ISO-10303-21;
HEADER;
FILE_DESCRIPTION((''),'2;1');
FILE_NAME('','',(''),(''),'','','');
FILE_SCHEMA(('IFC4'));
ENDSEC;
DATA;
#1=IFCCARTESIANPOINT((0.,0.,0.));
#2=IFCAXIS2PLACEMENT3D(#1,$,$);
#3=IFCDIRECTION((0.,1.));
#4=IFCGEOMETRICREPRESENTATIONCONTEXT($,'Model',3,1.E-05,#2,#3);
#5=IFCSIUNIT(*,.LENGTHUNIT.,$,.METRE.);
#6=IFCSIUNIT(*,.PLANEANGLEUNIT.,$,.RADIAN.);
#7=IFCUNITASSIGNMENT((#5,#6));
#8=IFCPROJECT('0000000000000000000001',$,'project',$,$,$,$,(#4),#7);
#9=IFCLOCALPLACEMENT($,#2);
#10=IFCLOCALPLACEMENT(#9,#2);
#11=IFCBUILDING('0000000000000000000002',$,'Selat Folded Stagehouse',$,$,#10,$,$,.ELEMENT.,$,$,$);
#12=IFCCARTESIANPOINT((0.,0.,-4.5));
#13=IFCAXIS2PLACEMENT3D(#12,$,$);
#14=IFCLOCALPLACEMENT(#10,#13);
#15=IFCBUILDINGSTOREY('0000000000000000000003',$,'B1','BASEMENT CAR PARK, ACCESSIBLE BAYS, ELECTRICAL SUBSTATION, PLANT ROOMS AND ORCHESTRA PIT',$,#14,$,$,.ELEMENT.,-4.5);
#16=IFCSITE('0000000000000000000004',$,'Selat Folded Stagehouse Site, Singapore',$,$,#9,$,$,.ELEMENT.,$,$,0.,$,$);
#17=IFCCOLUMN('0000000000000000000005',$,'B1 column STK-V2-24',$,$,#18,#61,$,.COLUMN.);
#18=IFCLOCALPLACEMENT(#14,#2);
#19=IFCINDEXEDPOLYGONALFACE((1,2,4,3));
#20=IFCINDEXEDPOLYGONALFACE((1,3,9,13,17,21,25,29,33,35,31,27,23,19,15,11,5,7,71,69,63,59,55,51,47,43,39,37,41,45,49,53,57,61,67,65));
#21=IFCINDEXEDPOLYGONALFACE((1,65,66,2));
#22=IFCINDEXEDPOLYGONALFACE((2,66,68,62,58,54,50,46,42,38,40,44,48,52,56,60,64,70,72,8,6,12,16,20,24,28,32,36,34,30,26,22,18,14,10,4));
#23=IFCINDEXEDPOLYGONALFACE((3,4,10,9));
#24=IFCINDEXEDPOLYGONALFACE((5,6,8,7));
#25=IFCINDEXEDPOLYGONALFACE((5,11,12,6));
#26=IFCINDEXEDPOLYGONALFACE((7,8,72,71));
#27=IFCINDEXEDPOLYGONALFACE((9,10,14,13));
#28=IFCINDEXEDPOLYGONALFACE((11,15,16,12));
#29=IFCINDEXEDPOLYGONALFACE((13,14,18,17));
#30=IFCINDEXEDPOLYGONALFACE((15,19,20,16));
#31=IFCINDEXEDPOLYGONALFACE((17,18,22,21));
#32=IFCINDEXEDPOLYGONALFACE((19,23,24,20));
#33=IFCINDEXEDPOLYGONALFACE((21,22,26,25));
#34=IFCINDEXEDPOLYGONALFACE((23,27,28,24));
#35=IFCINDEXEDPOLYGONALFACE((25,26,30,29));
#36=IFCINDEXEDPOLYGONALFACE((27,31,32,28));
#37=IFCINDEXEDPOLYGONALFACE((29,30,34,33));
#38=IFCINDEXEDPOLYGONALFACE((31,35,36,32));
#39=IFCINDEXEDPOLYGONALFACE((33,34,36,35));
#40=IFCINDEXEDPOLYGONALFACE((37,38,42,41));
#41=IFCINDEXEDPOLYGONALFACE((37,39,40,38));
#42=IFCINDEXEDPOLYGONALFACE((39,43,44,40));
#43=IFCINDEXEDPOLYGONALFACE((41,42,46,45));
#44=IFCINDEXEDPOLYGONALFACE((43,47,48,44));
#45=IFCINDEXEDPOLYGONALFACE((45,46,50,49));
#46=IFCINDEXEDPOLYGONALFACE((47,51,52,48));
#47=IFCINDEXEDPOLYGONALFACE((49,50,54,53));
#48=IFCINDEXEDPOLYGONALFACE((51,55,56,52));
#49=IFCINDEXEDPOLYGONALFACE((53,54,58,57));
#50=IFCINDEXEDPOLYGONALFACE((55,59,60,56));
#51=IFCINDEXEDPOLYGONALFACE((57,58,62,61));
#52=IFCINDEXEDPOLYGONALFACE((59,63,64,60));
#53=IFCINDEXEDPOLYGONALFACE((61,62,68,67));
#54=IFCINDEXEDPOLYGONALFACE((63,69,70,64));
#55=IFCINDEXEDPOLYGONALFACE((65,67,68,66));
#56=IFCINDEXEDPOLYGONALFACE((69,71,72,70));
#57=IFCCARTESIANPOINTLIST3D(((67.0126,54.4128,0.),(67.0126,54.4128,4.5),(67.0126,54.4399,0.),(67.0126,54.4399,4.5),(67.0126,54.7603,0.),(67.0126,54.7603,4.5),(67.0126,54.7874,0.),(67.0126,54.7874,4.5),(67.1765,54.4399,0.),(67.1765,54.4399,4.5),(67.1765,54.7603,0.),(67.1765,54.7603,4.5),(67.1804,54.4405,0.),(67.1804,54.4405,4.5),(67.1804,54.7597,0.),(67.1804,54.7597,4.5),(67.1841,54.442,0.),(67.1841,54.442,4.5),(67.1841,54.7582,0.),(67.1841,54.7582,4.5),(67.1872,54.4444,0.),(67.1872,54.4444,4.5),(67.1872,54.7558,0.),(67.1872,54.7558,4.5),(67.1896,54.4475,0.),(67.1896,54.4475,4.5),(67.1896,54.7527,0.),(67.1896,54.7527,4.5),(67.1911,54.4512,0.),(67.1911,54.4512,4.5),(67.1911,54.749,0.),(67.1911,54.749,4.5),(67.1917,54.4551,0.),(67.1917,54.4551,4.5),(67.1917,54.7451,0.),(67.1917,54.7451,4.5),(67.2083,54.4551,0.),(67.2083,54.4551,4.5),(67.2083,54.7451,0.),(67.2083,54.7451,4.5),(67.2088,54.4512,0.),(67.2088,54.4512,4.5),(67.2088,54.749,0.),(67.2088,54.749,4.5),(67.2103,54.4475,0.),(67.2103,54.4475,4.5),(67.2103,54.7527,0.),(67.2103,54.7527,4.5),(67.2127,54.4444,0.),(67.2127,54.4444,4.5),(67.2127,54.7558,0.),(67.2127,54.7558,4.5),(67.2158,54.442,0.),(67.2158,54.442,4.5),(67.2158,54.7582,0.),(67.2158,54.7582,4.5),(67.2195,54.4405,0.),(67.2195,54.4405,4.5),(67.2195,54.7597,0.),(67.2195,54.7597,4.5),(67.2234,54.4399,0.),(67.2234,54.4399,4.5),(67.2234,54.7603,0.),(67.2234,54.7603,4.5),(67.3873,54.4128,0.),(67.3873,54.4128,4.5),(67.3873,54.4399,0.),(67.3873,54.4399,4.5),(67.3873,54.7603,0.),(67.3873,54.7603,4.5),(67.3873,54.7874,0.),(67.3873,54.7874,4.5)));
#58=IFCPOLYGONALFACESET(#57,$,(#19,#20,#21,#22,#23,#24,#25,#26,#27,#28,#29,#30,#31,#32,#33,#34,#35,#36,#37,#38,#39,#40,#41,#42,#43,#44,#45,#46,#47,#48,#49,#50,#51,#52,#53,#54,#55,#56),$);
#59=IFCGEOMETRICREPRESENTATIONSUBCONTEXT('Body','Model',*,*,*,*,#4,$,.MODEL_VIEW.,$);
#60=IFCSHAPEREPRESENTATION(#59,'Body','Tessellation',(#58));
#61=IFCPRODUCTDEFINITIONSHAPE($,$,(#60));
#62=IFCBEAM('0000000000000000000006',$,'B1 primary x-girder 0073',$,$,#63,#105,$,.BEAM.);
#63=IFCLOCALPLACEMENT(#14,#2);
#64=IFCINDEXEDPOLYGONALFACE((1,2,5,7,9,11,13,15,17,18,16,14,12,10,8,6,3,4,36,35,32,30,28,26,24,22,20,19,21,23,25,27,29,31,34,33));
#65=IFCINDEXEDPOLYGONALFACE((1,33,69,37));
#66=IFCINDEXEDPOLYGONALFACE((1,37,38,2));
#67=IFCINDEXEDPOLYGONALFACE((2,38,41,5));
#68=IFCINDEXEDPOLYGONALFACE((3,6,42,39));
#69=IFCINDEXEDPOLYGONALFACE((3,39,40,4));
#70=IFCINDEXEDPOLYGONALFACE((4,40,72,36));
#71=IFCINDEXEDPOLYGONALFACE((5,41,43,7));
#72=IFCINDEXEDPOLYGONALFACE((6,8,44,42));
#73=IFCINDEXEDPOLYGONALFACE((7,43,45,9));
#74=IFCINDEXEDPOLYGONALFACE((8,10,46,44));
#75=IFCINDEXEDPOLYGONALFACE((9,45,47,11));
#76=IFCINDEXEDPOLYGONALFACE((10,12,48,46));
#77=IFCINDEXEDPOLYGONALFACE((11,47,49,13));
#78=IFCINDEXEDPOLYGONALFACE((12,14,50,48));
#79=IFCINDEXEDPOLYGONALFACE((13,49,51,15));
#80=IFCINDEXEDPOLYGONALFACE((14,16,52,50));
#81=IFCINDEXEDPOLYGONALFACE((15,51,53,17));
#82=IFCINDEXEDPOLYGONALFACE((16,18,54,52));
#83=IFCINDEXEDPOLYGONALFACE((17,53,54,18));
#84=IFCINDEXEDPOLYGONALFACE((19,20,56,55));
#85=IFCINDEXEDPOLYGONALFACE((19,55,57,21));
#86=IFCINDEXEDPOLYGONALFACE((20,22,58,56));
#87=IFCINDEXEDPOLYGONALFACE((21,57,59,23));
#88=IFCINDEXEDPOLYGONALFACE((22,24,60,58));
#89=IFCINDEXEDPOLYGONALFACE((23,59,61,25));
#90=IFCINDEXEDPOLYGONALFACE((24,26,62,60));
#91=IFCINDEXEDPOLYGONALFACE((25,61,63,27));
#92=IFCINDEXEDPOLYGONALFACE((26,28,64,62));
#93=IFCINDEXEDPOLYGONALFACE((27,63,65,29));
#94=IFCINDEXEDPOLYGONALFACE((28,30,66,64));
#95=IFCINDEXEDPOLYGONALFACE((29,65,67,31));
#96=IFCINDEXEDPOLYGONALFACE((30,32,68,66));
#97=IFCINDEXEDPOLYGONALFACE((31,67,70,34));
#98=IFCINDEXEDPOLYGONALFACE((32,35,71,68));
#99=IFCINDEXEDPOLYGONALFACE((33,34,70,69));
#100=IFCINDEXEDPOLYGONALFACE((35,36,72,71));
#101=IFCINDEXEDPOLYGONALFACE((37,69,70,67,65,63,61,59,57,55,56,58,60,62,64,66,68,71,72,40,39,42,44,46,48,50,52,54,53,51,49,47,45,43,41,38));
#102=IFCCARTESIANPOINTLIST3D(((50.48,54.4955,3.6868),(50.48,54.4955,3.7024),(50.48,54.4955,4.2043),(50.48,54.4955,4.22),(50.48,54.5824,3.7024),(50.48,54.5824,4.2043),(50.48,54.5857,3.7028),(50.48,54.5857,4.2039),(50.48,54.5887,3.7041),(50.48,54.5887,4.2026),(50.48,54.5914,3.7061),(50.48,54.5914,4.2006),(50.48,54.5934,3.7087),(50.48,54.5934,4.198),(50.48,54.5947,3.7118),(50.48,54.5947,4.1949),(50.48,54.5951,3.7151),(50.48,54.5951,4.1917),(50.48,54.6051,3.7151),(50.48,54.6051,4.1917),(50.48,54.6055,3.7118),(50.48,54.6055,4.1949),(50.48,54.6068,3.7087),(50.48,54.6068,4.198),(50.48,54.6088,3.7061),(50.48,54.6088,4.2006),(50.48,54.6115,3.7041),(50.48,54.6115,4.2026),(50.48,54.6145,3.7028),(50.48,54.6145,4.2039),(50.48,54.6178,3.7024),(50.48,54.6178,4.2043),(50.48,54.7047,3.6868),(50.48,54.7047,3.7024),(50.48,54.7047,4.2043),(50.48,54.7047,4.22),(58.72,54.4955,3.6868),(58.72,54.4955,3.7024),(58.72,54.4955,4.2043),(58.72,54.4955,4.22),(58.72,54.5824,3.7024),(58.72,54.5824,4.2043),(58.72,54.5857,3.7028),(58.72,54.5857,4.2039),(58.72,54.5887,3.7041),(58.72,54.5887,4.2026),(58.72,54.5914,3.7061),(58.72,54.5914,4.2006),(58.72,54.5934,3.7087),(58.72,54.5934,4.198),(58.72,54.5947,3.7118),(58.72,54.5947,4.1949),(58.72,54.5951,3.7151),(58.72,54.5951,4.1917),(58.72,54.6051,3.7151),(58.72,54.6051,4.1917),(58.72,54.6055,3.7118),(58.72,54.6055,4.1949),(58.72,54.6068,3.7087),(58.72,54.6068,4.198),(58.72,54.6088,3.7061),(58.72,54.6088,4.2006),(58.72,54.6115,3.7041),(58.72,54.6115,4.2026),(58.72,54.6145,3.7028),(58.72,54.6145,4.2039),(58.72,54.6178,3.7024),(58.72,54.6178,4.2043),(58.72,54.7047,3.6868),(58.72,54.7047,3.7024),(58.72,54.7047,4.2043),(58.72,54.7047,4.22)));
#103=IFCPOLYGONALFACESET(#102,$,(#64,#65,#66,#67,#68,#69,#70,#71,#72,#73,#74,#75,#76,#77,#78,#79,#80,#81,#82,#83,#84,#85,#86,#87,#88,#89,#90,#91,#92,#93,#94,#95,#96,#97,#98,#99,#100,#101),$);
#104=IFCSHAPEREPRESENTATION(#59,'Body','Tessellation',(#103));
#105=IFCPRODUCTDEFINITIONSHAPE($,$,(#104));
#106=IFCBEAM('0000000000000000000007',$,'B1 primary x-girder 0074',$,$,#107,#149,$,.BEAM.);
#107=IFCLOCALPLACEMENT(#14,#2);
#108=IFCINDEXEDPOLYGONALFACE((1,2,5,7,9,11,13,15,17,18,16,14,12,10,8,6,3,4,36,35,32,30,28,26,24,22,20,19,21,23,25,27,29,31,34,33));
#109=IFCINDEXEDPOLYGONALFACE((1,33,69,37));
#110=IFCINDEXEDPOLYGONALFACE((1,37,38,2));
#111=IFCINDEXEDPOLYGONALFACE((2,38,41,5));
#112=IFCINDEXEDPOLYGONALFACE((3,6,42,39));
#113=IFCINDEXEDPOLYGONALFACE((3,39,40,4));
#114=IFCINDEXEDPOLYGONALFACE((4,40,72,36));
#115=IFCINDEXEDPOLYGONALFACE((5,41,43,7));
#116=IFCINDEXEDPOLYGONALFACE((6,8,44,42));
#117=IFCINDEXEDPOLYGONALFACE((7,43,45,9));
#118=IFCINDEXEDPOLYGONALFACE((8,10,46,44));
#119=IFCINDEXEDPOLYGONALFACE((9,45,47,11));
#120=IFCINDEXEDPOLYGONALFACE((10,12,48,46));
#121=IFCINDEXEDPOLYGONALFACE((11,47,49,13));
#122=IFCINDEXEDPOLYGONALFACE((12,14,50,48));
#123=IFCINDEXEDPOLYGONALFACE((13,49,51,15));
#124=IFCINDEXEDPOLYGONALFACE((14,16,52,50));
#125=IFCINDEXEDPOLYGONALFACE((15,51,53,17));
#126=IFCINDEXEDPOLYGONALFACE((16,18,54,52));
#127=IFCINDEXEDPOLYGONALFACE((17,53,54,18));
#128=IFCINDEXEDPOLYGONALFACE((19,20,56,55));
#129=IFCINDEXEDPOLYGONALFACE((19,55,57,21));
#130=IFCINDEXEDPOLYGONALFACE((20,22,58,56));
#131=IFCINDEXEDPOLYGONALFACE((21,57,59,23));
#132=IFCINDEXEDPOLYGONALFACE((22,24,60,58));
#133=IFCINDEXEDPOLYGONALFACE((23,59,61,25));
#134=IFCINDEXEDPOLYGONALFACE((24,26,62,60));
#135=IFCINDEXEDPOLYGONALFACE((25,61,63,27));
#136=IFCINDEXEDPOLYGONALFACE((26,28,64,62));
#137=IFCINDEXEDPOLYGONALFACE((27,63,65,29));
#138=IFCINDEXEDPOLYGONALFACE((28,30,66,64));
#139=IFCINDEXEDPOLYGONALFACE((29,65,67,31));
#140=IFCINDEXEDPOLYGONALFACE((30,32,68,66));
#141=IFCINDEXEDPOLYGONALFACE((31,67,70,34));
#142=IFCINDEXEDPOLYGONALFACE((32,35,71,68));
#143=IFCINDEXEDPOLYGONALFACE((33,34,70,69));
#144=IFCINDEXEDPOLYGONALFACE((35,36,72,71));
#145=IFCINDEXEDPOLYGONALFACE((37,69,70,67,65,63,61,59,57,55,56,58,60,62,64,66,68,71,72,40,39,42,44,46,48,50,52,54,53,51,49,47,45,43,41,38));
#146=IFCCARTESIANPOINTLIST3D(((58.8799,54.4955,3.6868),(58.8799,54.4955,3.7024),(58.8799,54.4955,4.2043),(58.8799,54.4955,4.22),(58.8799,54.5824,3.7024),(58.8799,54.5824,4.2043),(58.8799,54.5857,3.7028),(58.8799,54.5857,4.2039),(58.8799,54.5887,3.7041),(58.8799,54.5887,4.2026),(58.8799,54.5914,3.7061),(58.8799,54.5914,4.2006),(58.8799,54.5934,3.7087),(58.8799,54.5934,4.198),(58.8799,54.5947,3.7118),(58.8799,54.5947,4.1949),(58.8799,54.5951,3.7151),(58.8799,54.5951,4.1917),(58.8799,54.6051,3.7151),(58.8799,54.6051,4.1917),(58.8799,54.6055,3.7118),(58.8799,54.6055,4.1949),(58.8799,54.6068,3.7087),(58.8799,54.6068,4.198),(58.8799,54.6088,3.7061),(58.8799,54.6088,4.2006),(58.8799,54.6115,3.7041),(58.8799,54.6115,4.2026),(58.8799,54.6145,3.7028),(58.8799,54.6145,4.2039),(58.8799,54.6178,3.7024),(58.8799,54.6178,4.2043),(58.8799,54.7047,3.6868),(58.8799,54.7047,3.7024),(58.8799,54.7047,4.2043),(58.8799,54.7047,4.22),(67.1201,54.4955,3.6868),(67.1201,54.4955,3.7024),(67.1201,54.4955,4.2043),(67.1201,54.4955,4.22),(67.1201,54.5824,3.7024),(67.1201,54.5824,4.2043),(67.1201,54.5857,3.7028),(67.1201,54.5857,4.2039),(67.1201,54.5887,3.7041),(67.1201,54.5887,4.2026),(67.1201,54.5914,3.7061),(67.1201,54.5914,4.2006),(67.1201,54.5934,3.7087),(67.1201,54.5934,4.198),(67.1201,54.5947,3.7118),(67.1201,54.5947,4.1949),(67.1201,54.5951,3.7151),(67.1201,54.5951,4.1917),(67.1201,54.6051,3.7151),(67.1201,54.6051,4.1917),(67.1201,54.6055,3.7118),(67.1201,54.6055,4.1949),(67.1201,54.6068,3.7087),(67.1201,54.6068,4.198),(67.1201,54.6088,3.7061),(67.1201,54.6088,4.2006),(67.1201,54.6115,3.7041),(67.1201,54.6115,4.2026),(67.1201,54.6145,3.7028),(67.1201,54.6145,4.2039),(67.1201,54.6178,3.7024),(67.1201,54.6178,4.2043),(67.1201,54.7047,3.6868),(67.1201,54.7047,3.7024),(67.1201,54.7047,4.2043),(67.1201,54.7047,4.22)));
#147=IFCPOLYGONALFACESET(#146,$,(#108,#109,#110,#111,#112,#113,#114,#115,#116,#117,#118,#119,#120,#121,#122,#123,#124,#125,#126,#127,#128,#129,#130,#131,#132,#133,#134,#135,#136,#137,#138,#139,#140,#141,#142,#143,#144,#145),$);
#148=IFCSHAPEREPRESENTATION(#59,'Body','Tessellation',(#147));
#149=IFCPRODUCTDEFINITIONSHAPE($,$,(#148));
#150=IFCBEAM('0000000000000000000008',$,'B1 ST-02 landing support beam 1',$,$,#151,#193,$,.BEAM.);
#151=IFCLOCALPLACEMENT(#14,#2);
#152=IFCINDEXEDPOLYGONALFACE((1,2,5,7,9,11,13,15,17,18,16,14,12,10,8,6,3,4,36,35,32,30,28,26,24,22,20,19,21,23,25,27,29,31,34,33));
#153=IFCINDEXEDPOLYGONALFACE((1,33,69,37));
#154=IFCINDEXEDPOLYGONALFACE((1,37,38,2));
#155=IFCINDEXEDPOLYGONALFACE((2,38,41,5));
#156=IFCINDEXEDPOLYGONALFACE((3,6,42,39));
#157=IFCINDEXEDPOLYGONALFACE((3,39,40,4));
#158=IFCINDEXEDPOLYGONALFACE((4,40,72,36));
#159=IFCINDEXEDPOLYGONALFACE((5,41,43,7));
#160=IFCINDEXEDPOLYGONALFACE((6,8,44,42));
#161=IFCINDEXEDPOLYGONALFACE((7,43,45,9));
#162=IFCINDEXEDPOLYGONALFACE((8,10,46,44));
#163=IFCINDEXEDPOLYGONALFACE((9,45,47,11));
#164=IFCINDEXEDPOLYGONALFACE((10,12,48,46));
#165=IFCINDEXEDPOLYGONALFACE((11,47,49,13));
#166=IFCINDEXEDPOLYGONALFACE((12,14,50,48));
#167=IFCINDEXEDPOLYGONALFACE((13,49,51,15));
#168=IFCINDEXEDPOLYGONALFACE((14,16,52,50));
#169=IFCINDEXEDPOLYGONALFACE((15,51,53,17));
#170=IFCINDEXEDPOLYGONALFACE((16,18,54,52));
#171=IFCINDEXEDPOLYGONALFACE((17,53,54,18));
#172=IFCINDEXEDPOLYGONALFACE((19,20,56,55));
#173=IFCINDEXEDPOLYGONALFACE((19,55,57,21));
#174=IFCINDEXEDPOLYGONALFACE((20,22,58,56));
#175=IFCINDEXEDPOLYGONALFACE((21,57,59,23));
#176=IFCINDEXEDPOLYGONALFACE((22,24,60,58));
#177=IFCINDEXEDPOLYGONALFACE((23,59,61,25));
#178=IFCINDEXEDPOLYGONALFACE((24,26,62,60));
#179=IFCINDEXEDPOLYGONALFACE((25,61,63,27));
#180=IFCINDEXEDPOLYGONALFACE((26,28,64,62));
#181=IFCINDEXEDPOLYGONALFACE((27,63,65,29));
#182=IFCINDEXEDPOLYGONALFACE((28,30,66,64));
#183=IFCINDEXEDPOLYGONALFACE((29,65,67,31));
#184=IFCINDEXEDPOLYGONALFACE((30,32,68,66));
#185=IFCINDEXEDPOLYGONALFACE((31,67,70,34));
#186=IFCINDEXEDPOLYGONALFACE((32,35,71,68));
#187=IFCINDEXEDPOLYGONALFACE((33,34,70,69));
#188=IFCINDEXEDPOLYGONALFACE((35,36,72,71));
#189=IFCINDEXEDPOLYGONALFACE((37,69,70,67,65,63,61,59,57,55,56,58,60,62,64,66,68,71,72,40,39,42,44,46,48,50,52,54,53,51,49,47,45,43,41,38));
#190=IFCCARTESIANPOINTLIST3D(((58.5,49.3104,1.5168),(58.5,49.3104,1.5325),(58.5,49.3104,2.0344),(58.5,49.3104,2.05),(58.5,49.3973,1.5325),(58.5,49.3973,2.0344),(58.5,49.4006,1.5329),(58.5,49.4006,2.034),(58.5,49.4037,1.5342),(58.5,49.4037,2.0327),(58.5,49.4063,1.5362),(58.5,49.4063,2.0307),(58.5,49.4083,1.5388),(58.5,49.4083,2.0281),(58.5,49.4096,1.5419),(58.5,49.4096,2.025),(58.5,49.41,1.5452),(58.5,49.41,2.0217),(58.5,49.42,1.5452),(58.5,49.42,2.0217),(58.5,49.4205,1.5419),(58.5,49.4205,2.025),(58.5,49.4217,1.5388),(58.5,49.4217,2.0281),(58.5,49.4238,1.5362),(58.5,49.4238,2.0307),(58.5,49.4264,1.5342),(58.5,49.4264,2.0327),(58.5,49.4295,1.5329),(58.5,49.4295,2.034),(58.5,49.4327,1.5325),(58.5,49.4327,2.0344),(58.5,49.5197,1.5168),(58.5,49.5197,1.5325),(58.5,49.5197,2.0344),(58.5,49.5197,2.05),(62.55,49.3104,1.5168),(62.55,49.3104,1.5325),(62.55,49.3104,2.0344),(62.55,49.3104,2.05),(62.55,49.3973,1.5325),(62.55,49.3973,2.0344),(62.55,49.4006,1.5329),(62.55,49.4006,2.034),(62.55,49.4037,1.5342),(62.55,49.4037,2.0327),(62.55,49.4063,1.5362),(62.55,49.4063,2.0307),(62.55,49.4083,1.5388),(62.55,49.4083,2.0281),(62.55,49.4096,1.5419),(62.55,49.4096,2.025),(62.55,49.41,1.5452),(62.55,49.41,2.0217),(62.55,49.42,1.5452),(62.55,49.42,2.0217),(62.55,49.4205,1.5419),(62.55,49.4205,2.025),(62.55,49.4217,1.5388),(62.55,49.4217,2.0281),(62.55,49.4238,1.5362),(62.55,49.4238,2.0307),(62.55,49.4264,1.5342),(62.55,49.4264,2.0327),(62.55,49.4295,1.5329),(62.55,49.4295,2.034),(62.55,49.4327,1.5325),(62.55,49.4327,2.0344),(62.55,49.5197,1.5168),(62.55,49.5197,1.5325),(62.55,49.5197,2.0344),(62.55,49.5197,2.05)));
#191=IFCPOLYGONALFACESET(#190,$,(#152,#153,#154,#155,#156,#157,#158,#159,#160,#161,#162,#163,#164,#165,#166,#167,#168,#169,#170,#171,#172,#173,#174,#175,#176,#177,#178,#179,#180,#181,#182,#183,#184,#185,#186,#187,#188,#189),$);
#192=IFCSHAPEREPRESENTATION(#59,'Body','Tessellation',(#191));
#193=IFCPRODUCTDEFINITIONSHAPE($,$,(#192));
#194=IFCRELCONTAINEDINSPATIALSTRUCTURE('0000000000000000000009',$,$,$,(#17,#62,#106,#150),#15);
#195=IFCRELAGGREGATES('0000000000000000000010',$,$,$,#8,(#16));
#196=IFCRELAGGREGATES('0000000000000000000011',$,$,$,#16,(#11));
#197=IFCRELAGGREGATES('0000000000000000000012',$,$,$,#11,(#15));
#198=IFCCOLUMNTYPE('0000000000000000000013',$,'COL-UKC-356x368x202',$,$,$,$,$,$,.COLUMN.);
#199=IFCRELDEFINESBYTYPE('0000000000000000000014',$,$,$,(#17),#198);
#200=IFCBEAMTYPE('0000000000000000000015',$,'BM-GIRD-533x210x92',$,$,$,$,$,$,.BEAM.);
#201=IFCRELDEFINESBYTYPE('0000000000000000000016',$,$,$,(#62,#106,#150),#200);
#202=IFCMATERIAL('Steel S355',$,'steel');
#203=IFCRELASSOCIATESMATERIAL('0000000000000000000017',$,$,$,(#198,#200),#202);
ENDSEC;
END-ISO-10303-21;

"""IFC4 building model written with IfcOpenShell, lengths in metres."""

from ifc_helpers import new_model, si_unit, direction, frame, origin, origin_2d, place, context, subcontext, project, spatial, i_section, extrude, material, material_profile, profile_set, type_object, element, save


model = new_model("IFC4")

# Units and contexts
model_context = context("Model", 3, precision=1e-05, world=origin(), true_north=direction((0.0, 1.0)))
body_context = subcontext(model_context, "Body", "Model", "MODEL_VIEW")
ifc_project = project(units=[si_unit("LENGTHUNIT", "METRE"), si_unit("PLANEANGLEUNIT", "RADIAN")], contexts=[model_context])

# Site, building, storey
site_placement = place(None, origin())
site = spatial("IfcSite", under=ifc_project, at=site_placement, Name="Selat Folded Stagehouse Site, Singapore", CompositionType="ELEMENT", RefElevation=0.0)
building_placement = place(site_placement, origin())
building = spatial("IfcBuilding", under=site, at=building_placement, Name="Selat Folded Stagehouse", CompositionType="ELEMENT")
storey_placement = place(building_placement, frame((0.0, 0.0, -4.5)))
storey = spatial("IfcBuildingStorey", under=building, at=storey_placement, Name="B1", Description="BASEMENT CAR PARK, ACCESSIBLE BAYS, ELECTRICAL SUBSTATION, PLANT ROOMS AND ORCHESTRA PIT", CompositionType="ELEMENT", Elevation=-4.5)

# Column
ifc_material_1 = material(Name="Steel S355", Category="steel")
ifc_material_profile_1 = material_profile(ifc_material_1, i_section(OverallWidth=0.3748, OverallDepth=0.3745, WebThickness=0.0166, FlangeThickness=0.0271, FilletRadius=0.0151, at=origin_2d()), Name="UKC 356x368x202")
ifc_profile_set_1 = profile_set([ifc_material_profile_1], Name="Steel S355")
column_type = type_object("IfcColumnType", Name="COL-UKC-356x368x202", PredefinedType="COLUMN", material=ifc_profile_set_1)
for number, where, z_axis, x_axis, name in (
    (1, (67.2, 54.6001, 0.0), (0.0, 0.0, 1.0), (1.0, 0.0, 0.0), "B1 column STK-V2-24"),
):
    element("IfcColumn", number, at=place(storey_placement, frame(where, z_axis=z_axis, x_axis=x_axis)), inside=storey, type_object=column_type, Name=name, PredefinedType="COLUMN", context=body_context, shape_type="SweptSolid", body=[
        extrude(i_section(OverallWidth=0.3748, OverallDepth=0.3745, WebThickness=0.0166, FlangeThickness=0.0271, FilletRadius=0.0151, at=origin_2d()), origin(), (0.0, 0.0, 1.0), 4.5),
    ])

# Beams
ifc_material_profile_2 = material_profile(ifc_material_1, i_section(OverallWidth=0.2092, OverallDepth=0.5332, WebThickness=0.01, FlangeThickness=0.0156, FilletRadius=0.0127, at=origin_2d()), Name="UKB 533x210x92")
ifc_profile_set_2 = profile_set([ifc_material_profile_2], Name="Steel S355")
beam_type = type_object("IfcBeamType", Name="BM-GIRD-533x210x92", PredefinedType="BEAM", material=ifc_profile_set_2)
beam_1_placement = place(storey_placement, frame((50.48, 54.6001, 3.9534), z_axis=(1.0, 0.0, 0.0), x_axis=(0.0, 1.0, 0.0)))
element("IfcBeam", 2, at=beam_1_placement, inside=storey, type_object=beam_type, Name="B1 primary x-girder 0073", PredefinedType="BEAM", context=body_context, shape_type="SweptSolid", body=[
    extrude(i_section(OverallWidth=0.2092, OverallDepth=0.5332, WebThickness=0.01, FlangeThickness=0.0156, FilletRadius=0.0127, at=origin_2d()), origin(), (0.0, 0.0, 1.0), 8.24),
])
beam_2_placement = place(storey_placement, frame((58.8799, 54.6001, 3.9534), z_axis=(1.0, 0.0, 0.0), x_axis=(0.0, 1.0, 0.0)))
element("IfcBeam", 3, at=beam_2_placement, inside=storey, type_object=beam_type, Name="B1 primary x-girder 0074", PredefinedType="BEAM", context=body_context, shape_type="SweptSolid", body=[
    extrude(i_section(OverallWidth=0.2092, OverallDepth=0.5332, WebThickness=0.01, FlangeThickness=0.0156, FilletRadius=0.0127, at=origin_2d()), origin(), (0.0, 0.0, 1.0), 8.2402),
])
for number, where, z_axis, x_axis, name in (
    (4, (58.5, 49.415, 1.7834), (1.0, 0.0, 0.0), (0.0, 1.0, 0.0), "B1 ST-02 landing support beam 1"),
):
    element("IfcBeam", number, at=place(storey_placement, frame(where, z_axis=z_axis, x_axis=x_axis)), inside=storey, type_object=beam_type, Name=name, PredefinedType="BEAM", context=body_context, shape_type="SweptSolid", body=[
        extrude(i_section(OverallWidth=0.2092, OverallDepth=0.5332, WebThickness=0.01, FlangeThickness=0.0156, FilletRadius=0.0127, at=origin_2d()), origin(), (0.0, 0.0, 1.0), 4.05),
    ])

save(model, "model.ifc")
